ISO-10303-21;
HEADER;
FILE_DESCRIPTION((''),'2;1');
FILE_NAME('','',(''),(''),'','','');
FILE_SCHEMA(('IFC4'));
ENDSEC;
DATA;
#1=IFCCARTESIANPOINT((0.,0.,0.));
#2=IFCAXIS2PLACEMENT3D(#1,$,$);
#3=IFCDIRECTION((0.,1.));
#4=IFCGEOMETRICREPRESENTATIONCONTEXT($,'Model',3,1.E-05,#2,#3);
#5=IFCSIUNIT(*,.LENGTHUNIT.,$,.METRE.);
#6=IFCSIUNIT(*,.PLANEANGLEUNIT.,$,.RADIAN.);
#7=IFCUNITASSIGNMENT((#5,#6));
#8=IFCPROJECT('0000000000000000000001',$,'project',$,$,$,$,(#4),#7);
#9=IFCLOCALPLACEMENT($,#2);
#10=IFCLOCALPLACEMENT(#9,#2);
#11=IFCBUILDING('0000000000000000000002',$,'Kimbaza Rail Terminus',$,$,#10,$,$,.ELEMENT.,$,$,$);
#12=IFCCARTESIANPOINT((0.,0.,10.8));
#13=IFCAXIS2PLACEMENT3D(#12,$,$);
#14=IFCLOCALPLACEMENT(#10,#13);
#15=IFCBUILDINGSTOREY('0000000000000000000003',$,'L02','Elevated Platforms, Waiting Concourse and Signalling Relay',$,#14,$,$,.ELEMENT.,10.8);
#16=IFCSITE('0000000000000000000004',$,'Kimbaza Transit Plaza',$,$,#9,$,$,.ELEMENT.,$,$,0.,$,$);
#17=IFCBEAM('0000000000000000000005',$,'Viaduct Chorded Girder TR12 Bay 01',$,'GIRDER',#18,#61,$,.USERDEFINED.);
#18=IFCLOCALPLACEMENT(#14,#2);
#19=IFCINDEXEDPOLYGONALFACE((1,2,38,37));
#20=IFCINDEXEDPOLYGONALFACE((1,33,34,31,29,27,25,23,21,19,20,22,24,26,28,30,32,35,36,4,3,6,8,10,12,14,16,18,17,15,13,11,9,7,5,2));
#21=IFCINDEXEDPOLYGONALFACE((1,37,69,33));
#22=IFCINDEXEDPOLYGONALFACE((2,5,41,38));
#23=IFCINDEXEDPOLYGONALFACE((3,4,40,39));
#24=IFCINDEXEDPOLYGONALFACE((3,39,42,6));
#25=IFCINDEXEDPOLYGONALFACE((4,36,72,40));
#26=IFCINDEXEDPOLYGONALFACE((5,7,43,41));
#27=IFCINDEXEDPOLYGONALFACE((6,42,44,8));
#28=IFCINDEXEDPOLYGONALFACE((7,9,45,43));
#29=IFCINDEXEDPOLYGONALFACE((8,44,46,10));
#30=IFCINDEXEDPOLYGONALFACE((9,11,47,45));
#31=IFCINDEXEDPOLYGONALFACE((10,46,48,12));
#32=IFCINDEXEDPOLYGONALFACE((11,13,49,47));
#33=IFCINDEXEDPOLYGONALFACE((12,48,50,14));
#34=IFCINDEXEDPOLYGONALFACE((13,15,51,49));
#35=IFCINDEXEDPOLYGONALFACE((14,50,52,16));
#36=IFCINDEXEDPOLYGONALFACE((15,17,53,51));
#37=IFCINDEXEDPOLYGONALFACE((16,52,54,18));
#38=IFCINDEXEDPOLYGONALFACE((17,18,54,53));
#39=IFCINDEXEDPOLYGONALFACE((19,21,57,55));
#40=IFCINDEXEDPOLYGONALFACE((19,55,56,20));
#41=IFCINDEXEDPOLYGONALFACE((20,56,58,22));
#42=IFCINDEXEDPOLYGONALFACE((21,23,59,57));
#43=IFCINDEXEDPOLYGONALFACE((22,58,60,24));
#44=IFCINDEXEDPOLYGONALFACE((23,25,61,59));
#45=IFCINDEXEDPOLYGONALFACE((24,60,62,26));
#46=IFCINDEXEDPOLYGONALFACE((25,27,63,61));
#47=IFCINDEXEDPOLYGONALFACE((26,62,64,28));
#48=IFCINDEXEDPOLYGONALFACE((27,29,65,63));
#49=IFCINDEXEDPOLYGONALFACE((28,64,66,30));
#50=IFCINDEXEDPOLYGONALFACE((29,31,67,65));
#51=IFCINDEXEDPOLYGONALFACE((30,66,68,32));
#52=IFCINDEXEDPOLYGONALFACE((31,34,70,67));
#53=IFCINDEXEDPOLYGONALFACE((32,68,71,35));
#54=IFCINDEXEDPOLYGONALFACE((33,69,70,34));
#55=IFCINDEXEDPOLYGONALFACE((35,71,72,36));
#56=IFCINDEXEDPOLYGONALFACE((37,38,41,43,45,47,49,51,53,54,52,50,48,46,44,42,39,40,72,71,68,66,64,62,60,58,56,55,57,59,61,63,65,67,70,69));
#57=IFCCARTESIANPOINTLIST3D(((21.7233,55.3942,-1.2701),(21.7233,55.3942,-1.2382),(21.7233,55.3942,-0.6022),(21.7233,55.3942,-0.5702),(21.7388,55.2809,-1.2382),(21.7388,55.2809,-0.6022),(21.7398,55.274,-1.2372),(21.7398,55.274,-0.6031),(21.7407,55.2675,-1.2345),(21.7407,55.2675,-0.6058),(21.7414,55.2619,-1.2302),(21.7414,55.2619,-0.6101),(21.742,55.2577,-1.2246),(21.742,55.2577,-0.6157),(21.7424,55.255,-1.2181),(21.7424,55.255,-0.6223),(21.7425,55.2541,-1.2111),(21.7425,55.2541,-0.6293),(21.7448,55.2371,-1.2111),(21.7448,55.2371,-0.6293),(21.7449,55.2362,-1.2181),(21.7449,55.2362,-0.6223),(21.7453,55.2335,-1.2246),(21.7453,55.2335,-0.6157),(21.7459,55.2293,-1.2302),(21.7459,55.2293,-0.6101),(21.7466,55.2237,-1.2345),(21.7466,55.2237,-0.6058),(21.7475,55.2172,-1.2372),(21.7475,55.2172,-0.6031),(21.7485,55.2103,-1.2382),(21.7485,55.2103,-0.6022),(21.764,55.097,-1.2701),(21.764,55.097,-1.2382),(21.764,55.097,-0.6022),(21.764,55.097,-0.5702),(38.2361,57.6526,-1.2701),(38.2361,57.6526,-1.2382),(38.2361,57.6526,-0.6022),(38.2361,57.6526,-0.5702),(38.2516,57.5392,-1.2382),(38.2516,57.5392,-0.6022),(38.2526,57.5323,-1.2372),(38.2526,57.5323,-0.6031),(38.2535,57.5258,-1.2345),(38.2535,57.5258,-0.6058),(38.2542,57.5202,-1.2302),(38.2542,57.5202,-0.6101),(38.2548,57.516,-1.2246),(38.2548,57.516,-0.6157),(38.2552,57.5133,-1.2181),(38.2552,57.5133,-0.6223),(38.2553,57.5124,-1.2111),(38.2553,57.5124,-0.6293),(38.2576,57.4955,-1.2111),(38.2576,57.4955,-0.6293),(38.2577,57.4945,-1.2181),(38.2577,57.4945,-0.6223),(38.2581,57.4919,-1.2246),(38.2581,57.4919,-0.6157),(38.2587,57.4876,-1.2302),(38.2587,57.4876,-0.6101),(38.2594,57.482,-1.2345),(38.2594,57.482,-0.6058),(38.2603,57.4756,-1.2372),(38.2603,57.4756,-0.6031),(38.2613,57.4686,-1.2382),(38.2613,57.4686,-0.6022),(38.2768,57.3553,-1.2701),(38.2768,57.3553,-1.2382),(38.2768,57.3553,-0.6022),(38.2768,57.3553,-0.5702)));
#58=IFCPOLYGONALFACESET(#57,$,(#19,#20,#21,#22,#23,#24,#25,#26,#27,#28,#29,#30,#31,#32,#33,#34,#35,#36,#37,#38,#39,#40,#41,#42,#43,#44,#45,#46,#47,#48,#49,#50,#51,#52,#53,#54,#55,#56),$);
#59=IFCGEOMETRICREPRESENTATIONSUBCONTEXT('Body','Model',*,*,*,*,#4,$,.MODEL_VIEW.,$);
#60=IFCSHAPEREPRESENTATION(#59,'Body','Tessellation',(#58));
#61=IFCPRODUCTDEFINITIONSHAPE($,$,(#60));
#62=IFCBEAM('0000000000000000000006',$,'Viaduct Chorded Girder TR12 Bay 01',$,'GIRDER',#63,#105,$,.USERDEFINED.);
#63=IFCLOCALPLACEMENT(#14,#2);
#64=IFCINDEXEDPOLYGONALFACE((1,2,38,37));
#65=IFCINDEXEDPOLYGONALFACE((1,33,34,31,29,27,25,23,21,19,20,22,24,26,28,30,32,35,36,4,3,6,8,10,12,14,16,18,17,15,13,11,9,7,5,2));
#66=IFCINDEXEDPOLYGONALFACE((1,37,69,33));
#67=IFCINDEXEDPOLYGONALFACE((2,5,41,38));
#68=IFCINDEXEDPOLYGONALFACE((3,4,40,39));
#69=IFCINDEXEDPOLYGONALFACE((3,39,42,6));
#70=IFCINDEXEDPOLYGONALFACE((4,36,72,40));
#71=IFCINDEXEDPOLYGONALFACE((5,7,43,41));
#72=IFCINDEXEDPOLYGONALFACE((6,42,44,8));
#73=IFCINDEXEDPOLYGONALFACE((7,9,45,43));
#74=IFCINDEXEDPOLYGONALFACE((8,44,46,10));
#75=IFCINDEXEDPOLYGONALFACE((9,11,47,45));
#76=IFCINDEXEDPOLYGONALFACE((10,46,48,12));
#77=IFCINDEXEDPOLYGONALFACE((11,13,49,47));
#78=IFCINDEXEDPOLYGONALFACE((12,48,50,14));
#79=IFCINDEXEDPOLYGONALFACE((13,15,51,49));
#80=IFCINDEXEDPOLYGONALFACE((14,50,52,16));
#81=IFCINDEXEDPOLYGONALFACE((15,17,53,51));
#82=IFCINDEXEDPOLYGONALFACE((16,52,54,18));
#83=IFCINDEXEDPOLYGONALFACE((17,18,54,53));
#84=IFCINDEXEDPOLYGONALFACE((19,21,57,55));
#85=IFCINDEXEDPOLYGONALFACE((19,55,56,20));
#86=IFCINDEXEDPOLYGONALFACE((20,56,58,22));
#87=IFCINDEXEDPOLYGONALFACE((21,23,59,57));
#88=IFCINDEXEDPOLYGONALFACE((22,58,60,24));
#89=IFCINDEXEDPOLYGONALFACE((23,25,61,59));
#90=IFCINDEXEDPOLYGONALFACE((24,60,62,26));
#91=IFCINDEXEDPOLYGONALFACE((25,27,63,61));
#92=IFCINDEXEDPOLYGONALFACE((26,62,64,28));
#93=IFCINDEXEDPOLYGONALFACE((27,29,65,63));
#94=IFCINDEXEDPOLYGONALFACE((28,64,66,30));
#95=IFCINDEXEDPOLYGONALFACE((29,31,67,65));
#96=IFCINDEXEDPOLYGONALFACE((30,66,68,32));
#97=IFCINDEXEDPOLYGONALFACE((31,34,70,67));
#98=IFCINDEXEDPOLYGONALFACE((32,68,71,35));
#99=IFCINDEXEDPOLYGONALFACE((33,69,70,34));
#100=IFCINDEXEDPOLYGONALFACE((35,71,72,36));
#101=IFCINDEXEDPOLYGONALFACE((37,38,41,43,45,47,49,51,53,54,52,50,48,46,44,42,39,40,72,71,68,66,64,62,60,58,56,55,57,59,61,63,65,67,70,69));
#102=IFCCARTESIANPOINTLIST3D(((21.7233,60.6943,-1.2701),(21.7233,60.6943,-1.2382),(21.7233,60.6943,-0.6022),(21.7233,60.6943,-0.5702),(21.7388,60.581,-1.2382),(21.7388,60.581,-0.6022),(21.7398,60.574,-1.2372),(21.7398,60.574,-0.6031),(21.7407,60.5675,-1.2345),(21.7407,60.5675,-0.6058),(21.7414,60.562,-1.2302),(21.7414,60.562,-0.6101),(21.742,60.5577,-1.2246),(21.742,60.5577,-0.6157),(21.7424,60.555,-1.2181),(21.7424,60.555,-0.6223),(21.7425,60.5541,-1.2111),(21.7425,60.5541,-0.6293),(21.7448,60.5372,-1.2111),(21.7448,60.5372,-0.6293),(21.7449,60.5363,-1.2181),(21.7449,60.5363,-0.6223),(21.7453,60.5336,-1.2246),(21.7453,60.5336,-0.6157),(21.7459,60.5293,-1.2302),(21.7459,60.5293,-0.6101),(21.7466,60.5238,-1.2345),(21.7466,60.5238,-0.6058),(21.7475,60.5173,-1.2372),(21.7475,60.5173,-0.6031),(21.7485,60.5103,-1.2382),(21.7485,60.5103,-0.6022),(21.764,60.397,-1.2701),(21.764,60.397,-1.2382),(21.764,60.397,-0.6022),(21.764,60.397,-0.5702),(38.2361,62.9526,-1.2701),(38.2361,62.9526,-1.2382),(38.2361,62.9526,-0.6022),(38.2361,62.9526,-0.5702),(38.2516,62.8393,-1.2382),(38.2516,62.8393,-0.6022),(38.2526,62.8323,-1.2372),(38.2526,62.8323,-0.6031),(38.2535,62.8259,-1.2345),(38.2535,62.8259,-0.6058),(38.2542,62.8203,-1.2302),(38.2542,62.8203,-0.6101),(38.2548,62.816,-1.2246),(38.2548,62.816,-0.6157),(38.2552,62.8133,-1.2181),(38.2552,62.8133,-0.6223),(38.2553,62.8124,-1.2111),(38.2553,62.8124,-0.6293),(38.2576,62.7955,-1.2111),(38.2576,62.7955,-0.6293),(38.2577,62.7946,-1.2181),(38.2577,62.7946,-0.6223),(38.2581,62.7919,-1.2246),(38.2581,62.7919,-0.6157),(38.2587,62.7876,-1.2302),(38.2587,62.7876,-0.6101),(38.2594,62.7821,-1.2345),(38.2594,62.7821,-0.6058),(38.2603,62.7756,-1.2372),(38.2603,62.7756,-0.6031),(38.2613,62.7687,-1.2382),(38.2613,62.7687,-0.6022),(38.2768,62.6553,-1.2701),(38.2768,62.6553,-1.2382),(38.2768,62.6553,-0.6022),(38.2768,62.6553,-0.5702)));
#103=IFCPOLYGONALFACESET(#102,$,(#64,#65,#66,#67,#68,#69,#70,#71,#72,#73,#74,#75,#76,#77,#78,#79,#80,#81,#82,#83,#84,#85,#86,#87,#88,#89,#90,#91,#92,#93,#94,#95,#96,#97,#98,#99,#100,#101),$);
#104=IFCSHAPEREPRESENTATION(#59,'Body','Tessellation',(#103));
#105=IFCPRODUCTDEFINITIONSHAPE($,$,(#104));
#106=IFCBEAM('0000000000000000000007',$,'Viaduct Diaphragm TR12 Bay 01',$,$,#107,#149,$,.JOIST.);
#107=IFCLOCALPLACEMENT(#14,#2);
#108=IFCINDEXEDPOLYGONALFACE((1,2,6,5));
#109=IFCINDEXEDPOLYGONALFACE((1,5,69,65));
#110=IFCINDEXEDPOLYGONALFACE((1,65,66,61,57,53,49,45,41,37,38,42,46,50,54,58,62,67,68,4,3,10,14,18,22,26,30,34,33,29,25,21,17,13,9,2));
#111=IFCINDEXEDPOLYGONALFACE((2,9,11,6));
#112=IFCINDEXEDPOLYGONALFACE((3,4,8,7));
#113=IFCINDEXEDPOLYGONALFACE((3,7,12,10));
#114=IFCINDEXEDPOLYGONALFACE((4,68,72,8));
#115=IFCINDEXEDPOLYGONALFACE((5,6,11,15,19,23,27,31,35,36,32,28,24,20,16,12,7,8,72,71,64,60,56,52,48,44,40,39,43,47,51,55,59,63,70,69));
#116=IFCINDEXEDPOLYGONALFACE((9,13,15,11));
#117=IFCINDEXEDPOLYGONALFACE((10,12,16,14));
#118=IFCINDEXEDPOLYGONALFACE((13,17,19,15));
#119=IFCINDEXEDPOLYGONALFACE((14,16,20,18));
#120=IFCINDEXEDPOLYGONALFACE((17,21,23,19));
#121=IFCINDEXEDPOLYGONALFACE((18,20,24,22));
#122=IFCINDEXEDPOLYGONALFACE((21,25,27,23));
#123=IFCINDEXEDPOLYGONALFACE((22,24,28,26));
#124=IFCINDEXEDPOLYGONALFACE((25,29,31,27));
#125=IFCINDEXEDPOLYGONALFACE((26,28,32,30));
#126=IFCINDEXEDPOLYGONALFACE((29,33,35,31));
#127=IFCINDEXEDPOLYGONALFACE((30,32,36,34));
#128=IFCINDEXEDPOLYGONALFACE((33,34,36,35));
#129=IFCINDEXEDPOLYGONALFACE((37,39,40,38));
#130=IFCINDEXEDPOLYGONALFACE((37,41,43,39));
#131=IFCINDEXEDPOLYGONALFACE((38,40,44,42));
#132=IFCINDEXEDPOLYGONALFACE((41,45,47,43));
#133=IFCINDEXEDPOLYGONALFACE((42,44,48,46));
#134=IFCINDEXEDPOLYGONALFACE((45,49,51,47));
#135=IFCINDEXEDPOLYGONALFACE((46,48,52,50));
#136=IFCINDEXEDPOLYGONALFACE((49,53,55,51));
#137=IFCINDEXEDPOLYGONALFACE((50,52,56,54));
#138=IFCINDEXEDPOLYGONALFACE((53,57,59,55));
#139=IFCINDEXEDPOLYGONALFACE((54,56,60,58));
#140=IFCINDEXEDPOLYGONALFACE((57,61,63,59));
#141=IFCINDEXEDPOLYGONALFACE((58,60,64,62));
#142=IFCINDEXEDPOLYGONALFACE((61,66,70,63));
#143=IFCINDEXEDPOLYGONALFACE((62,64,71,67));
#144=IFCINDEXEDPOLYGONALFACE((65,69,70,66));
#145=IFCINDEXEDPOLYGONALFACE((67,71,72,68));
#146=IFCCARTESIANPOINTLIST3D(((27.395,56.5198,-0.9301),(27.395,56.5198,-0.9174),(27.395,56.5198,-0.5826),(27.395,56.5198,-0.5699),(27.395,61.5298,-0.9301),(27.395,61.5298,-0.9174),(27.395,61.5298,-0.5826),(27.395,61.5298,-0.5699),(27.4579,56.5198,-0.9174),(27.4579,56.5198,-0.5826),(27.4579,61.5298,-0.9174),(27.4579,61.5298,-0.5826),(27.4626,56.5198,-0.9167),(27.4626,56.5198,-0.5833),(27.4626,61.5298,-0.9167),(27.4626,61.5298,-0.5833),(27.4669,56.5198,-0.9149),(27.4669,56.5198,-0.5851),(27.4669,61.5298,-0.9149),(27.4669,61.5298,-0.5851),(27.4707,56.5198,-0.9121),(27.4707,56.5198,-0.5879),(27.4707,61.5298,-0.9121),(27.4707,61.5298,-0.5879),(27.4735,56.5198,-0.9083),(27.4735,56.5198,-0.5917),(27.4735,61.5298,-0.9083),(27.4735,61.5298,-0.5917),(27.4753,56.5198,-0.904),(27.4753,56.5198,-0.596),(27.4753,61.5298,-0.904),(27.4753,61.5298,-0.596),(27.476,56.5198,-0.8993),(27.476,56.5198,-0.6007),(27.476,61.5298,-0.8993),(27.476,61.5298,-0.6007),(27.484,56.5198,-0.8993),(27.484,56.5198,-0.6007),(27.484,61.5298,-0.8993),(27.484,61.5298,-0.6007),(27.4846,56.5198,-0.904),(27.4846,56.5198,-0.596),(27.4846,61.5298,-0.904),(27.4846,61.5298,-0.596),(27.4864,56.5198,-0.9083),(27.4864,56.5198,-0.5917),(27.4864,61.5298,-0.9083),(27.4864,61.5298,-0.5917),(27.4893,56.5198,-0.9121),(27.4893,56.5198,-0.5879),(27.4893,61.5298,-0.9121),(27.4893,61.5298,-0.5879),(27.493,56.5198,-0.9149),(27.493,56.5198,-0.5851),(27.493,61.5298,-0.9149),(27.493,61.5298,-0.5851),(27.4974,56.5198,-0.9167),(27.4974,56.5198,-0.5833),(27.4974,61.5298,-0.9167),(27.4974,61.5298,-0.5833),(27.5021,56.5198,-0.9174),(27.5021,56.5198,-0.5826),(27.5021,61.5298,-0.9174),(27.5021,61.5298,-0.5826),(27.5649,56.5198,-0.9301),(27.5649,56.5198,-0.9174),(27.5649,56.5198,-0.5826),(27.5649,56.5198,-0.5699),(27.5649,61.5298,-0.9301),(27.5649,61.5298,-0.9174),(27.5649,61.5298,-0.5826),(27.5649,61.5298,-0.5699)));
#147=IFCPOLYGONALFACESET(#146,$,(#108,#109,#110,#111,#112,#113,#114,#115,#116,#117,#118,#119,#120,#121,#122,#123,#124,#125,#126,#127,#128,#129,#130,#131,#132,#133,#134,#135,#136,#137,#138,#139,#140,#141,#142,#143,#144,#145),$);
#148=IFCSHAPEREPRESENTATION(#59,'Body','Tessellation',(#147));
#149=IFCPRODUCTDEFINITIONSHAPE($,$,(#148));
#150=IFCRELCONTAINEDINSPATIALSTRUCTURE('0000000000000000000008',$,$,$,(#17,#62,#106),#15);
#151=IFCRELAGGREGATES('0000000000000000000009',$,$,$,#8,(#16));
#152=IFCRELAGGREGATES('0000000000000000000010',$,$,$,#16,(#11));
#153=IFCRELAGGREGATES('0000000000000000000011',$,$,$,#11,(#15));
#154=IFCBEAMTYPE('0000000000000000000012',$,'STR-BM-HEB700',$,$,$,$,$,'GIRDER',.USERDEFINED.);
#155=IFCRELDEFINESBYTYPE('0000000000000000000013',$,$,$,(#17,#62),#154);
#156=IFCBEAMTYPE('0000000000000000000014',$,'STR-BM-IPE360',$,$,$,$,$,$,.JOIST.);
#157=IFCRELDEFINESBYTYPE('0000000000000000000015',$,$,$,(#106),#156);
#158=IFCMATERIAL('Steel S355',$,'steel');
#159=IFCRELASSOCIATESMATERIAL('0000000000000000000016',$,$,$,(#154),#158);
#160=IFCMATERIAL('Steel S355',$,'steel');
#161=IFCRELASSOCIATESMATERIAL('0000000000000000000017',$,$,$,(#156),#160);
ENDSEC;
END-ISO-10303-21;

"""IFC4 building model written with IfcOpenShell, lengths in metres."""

from ifc_helpers import new_model, si_unit, direction, frame, origin, origin_2d, place, context, subcontext, project, spatial, i_section, extrude, material, material_profile, profile_set, type_object, element, save


model = new_model("IFC4")

# Units and contexts
model_context = context("Model", 3, precision=1e-05, world=origin(), true_north=direction((0.0, 1.0)))
body_context = subcontext(model_context, "Body", "Model", "MODEL_VIEW")
ifc_project = project(units=[si_unit("LENGTHUNIT", "METRE"), si_unit("PLANEANGLEUNIT", "RADIAN")], contexts=[model_context])

# Site, building, storey
site_placement = place(None, origin())
site = spatial("IfcSite", under=ifc_project, at=site_placement, Name="Kimbaza Transit Plaza", CompositionType="ELEMENT", RefElevation=0.0)
building_placement = place(site_placement, origin())
building = spatial("IfcBuilding", under=site, at=building_placement, Name="Kimbaza Rail Terminus", CompositionType="ELEMENT")
storey_placement = place(building_placement, frame((0.0, 0.0, 10.8)))
storey = spatial("IfcBuildingStorey", under=building, at=storey_placement, Name="L02", Description="Elevated Platforms, Waiting Concourse and Signalling Relay", CompositionType="ELEMENT", Elevation=10.8)

# Beams
ifc_material_1 = material(Name="Steel S355", Category="steel")
ifc_material_profile_1 = material_profile(ifc_material_1, i_section(OverallWidth=0.3, OverallDepth=0.7, WebThickness=0.0171, FlangeThickness=0.032, FilletRadius=0.0271, at=origin_2d()), Name="HEB 700")
ifc_profile_set_1 = profile_set([ifc_material_profile_1], Name="Steel S355")
beam_type_1 = type_object("IfcBeamType", Name="STR-BM-HEB700", ElementType="GIRDER", PredefinedType="USERDEFINED", material=ifc_profile_set_1)
for number, where, z_axis, x_axis, name in (
    (1, (21.7437, 55.2456, -0.9202), (0.990777, 0.1355, 0.0), (-0.1355, 0.990777, 0.0), "Viaduct Chorded Girder TR12 Bay 01"),
    (2, (21.7437, 60.5457, -0.9202), (0.990777, 0.1355, 0.0), (-0.1355, 0.990777, 0.0), "Viaduct Chorded Girder TR12 Bay 01"),
):
    element("IfcBeam", number, at=place(storey_placement, frame(where, z_axis=z_axis, x_axis=x_axis)), inside=storey, type_object=beam_type_1, Name=name, ObjectType="GIRDER", PredefinedType="USERDEFINED", context=body_context, shape_type="SweptSolid", body=[
        extrude(i_section(OverallWidth=0.3, OverallDepth=0.7, WebThickness=0.0171, FlangeThickness=0.032, FilletRadius=0.0271, at=origin_2d()), origin(), (0.0, 0.0, 1.0), 16.6665),
    ])
ifc_material_2 = material(Name="Steel S355", Category="steel")
ifc_material_profile_2 = material_profile(ifc_material_2, i_section(OverallWidth=0.1699, OverallDepth=0.3601, WebThickness=0.0081, FlangeThickness=0.0127, FilletRadius=0.0181, at=origin_2d()), Name="IPE 360")
ifc_profile_set_2 = profile_set([ifc_material_profile_2], Name="Steel S355")
beam_type_2 = type_object("IfcBeamType", Name="STR-BM-IPE360", PredefinedType="JOIST", material=ifc_profile_set_2)
beam_placement = place(storey_placement, frame((27.48, 56.5198, -0.75), z_axis=(0.0, 1.0, 0.0), x_axis=(-1.0, 0.0, 0.0)))
element("IfcBeam", 3, at=beam_placement, inside=storey, type_object=beam_type_2, Name="Viaduct Diaphragm TR12 Bay 01", PredefinedType="JOIST", context=body_context, shape_type="SweptSolid", body=[
    extrude(i_section(OverallWidth=0.1699, OverallDepth=0.3601, WebThickness=0.0081, FlangeThickness=0.0127, FilletRadius=0.0181, at=origin_2d()), origin(), (0.0, 0.0, 1.0), 5.01),
])

save(model, "model.ifc")
